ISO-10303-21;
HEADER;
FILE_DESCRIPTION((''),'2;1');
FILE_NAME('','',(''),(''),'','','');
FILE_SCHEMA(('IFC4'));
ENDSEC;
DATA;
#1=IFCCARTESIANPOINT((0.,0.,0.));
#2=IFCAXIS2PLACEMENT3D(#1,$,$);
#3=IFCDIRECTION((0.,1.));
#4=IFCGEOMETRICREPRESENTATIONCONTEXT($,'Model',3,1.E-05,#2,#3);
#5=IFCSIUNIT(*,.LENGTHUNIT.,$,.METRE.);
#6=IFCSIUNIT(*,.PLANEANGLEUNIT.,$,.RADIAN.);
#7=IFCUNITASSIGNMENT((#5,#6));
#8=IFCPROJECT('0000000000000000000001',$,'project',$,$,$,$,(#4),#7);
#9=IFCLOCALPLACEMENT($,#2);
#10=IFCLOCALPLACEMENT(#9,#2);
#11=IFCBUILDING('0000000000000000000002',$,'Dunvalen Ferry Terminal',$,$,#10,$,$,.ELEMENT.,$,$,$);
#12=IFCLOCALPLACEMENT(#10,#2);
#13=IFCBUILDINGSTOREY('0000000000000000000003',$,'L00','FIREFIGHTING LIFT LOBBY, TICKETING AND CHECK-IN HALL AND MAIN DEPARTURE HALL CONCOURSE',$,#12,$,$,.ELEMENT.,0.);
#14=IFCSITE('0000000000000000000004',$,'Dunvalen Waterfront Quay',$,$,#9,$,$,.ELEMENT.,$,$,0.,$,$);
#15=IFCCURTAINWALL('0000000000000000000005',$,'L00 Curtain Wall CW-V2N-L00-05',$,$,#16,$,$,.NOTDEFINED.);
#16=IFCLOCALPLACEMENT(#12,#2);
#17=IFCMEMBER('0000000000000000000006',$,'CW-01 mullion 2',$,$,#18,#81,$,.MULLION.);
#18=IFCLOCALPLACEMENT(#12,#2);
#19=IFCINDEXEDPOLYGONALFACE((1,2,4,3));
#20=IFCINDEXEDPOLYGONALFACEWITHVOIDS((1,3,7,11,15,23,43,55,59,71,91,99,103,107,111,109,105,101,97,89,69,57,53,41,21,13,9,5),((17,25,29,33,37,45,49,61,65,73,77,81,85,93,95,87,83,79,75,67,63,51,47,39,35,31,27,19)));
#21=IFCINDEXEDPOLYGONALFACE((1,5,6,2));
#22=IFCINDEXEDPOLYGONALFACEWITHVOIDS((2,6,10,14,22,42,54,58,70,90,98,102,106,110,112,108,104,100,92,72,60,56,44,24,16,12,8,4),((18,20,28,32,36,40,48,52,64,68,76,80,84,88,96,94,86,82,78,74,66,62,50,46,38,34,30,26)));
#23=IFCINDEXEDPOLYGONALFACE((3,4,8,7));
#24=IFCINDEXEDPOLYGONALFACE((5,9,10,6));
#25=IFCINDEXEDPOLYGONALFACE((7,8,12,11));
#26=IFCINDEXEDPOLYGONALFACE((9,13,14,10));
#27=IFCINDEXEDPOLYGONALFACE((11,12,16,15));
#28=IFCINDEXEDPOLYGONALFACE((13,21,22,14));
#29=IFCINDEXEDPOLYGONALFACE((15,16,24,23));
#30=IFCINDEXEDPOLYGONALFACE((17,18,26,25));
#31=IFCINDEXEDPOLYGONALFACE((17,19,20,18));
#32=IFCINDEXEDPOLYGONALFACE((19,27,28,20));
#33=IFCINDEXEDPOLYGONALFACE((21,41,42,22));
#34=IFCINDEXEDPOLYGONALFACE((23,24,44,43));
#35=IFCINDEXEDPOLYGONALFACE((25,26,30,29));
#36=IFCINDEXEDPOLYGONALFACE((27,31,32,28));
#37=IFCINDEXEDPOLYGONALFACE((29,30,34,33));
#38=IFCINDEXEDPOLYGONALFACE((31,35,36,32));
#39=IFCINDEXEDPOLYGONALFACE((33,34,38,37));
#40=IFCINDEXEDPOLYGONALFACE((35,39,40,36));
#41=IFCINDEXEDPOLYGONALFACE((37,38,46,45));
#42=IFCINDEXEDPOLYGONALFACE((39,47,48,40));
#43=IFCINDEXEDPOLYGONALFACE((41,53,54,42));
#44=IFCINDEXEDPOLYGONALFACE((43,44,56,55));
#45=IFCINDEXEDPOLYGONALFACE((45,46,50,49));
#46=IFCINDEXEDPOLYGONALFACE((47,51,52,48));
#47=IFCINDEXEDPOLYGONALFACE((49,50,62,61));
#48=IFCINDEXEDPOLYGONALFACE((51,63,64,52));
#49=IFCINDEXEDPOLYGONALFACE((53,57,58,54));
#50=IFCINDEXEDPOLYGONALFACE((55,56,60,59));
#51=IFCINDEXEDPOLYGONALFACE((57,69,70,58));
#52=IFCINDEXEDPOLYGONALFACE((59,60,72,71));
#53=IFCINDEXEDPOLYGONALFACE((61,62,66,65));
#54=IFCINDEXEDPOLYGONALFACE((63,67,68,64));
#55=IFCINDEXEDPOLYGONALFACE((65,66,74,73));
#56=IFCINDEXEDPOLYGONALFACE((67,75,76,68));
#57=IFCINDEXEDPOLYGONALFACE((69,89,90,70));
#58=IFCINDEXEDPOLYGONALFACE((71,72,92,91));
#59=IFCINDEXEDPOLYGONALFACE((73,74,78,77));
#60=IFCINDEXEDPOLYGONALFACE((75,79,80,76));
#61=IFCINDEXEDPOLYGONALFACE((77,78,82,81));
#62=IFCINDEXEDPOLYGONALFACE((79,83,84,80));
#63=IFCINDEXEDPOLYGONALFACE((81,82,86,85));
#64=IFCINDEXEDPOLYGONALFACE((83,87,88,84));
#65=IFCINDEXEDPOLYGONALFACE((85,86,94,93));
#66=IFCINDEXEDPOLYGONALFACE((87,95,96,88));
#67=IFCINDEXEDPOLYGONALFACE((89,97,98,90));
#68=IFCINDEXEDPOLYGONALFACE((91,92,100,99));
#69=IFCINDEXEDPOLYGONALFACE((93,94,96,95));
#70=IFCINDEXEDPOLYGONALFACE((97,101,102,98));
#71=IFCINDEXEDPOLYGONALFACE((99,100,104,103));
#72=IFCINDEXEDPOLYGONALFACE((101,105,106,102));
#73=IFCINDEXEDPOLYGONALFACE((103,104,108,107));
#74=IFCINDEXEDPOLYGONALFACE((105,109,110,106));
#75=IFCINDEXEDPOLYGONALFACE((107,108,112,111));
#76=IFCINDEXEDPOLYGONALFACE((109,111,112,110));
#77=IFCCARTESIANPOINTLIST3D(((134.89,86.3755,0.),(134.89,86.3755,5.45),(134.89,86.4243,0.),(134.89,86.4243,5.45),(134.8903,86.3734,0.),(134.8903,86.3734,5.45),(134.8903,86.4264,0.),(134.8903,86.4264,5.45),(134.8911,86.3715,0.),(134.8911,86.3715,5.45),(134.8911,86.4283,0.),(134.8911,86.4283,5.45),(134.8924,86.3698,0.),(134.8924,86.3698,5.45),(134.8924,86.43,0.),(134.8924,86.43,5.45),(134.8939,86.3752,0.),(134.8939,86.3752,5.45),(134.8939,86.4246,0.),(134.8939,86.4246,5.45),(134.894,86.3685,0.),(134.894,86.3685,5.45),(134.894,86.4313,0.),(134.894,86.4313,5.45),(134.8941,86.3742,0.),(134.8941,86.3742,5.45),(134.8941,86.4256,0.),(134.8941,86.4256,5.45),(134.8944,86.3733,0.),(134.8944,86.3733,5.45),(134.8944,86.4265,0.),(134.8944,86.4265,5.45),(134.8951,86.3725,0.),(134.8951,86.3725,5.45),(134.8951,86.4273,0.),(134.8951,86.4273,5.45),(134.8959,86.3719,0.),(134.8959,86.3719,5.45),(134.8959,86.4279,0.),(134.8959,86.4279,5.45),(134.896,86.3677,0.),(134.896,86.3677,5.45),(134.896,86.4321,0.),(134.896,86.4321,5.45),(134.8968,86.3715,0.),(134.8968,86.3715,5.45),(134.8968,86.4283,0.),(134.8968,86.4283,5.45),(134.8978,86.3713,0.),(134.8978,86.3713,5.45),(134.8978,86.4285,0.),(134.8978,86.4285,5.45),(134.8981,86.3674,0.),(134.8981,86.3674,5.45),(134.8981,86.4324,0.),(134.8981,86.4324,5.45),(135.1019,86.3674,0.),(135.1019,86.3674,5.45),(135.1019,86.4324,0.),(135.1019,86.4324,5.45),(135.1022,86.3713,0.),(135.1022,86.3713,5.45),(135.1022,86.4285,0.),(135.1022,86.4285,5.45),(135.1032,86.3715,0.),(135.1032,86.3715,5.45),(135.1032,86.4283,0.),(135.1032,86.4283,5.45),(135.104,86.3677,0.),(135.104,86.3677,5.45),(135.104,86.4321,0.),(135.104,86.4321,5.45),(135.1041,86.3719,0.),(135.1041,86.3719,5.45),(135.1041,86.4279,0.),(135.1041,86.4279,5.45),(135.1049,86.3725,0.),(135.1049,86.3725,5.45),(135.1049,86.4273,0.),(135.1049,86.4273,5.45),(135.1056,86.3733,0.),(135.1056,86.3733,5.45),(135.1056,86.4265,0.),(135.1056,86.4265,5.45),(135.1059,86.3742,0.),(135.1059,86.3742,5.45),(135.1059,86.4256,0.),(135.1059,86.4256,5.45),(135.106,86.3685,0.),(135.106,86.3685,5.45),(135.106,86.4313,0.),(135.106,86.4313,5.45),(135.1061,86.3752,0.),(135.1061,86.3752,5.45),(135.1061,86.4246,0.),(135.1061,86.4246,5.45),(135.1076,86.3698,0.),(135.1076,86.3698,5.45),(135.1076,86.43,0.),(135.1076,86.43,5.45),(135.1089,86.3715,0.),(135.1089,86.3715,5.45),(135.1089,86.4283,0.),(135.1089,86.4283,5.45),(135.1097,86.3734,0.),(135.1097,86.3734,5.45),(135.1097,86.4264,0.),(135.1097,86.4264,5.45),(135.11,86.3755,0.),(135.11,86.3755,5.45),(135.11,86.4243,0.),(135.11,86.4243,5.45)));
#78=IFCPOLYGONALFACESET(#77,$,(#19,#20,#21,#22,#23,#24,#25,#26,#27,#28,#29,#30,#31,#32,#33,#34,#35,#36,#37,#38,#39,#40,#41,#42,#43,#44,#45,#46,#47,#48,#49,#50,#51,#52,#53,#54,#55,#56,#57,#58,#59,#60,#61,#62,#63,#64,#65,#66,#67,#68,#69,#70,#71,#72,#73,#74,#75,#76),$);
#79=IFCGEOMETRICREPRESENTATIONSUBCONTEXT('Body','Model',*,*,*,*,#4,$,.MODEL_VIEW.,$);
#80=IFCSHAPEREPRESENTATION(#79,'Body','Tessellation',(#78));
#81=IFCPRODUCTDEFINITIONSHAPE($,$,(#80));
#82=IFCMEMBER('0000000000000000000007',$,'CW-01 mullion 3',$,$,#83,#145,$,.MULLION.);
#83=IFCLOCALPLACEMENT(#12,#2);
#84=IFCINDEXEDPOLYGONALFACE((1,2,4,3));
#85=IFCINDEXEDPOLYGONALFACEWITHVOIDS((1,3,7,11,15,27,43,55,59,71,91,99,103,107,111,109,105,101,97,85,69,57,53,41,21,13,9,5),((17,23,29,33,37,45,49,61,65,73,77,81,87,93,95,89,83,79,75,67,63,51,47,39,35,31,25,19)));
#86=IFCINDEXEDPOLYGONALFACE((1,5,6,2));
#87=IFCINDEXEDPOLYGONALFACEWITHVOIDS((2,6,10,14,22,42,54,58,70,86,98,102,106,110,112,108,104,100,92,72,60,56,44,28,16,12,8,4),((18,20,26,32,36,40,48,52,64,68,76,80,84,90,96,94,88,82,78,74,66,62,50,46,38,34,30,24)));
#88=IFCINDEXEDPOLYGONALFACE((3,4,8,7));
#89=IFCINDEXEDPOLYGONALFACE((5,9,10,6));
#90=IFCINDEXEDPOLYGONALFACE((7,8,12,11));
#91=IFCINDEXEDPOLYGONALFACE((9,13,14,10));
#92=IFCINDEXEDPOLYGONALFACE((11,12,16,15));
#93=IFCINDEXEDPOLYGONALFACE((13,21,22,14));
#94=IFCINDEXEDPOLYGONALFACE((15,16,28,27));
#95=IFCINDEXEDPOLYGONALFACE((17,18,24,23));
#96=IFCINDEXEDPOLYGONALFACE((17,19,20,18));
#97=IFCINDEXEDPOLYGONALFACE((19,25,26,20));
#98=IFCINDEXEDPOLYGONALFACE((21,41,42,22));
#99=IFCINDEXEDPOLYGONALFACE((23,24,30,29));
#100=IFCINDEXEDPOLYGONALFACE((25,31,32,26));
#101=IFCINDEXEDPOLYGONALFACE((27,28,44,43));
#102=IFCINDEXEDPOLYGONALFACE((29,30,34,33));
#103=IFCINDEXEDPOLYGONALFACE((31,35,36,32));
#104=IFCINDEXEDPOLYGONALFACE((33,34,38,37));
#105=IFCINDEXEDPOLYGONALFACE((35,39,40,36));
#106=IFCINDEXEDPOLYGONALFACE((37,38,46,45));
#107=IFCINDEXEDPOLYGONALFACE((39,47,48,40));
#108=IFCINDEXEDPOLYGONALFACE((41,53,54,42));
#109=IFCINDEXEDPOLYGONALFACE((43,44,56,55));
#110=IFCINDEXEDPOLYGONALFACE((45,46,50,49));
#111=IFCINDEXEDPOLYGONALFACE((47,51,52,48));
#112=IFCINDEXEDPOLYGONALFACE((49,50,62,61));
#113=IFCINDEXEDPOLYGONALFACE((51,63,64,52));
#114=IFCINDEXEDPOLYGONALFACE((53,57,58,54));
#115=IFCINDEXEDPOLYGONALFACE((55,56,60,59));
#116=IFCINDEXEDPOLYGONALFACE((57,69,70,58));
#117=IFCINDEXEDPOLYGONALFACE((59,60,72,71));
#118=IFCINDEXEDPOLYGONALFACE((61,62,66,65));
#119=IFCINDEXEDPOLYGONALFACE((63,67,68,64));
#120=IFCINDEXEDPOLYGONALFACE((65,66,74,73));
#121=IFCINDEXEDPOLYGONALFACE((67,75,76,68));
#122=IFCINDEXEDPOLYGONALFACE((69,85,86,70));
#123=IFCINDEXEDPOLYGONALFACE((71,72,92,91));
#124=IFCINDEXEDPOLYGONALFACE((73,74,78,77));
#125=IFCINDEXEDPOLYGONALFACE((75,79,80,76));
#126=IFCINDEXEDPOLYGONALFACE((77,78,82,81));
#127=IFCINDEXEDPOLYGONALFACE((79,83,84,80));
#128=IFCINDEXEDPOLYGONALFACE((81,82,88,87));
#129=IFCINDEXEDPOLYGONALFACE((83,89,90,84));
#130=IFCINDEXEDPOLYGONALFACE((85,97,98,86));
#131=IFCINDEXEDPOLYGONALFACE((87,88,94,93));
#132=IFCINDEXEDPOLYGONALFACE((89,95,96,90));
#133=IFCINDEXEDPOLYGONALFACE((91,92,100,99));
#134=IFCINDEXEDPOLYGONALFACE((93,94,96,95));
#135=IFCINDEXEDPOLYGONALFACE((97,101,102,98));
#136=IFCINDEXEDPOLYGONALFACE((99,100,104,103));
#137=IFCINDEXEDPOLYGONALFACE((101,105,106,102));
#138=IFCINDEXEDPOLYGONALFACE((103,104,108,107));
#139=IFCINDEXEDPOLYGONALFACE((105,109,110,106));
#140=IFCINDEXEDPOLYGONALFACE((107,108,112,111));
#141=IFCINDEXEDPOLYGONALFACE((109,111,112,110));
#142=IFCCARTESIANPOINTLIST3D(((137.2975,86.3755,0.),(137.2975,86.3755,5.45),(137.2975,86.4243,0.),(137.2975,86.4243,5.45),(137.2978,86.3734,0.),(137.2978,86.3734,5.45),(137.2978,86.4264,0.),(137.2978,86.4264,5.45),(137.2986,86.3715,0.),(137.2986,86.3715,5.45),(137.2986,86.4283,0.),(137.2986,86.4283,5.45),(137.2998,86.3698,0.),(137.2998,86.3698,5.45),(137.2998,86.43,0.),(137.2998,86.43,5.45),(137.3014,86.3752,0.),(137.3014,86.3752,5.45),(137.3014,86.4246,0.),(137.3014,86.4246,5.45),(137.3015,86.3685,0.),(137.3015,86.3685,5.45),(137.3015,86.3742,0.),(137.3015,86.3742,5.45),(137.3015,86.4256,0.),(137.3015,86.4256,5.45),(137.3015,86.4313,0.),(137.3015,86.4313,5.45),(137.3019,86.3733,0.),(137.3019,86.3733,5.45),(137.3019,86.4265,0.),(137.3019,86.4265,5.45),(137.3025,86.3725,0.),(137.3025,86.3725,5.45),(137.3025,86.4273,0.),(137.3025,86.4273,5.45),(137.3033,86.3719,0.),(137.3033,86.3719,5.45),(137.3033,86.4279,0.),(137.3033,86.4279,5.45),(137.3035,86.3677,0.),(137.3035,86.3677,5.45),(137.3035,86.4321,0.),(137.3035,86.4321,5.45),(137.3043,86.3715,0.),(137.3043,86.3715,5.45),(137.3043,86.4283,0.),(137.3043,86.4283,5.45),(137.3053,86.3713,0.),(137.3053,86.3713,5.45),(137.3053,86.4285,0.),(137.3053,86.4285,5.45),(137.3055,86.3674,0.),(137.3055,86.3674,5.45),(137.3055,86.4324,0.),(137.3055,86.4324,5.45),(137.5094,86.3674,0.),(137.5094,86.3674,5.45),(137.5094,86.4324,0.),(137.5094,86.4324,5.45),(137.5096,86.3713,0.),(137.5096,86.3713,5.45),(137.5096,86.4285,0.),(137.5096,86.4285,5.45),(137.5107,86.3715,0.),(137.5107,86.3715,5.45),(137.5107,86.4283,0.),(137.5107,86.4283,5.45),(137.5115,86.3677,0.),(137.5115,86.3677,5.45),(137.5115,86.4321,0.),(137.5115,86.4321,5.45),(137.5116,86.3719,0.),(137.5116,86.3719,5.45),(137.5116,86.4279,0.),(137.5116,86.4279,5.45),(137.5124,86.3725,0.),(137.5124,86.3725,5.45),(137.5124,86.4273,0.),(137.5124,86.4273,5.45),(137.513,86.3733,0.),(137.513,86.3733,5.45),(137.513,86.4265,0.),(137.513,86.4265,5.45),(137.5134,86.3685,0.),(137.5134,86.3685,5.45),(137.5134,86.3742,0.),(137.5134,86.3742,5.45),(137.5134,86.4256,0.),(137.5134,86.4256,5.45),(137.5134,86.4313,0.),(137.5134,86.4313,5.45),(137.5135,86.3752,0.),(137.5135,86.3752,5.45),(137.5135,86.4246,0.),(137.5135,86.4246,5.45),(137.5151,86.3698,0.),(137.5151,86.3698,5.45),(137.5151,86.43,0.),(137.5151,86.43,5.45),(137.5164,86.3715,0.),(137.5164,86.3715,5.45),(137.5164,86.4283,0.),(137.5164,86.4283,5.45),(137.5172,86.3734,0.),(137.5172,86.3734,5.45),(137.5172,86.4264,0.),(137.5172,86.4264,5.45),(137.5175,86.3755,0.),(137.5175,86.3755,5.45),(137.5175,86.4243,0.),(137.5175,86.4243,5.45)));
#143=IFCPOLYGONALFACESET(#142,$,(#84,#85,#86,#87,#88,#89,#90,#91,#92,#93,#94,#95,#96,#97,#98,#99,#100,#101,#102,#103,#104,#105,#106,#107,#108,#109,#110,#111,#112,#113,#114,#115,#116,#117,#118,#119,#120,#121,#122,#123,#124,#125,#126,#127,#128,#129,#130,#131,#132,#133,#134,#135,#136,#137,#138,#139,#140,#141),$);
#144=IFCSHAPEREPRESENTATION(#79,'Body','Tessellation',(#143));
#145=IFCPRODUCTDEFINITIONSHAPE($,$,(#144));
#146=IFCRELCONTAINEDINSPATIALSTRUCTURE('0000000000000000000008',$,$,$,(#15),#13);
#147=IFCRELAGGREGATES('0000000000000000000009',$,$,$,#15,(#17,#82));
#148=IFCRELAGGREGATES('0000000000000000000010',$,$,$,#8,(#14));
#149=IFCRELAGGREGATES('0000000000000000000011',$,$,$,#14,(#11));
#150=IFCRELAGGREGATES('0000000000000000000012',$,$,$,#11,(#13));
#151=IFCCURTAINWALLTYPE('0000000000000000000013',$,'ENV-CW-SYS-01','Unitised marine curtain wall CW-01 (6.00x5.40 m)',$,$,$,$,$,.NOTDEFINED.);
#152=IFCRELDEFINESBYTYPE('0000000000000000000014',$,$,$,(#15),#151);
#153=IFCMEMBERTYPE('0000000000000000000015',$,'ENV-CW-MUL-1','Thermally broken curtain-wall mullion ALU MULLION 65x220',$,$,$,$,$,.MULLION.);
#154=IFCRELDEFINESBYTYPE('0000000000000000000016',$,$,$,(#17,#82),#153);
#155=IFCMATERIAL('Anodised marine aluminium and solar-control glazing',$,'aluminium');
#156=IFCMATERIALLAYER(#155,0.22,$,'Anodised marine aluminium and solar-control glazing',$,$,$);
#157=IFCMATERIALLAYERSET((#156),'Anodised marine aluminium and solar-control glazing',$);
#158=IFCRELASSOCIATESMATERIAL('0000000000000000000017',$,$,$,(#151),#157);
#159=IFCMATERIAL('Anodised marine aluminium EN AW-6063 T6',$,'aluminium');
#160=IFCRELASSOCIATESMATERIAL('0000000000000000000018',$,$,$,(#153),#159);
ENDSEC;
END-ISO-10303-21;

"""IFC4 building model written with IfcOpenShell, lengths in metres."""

from ifc_helpers import new_model, si_unit, direction, frame, origin, origin_2d, place, context, subcontext, project, spatial, hollow_rectangle, extrude, material, layer, layer_set, material_profile, profile_set, type_object, element, aggregate, save


model = new_model("IFC4")

# Units and contexts
model_context = context("Model", 3, precision=1e-05, world=origin(), true_north=direction((0.0, 1.0)))
body_context = subcontext(model_context, "Body", "Model", "MODEL_VIEW")
ifc_project = project(units=[si_unit("LENGTHUNIT", "METRE"), si_unit("PLANEANGLEUNIT", "RADIAN")], contexts=[model_context])

# Site, building, storey
site_placement = place(None, origin())
site = spatial("IfcSite", under=ifc_project, at=site_placement, Name="Dunvalen Waterfront Quay", CompositionType="ELEMENT", RefElevation=0.0)
building_placement = place(site_placement, origin())
building = spatial("IfcBuilding", under=site, at=building_placement, Name="Dunvalen Ferry Terminal", CompositionType="ELEMENT")
storey_placement = place(building_placement, origin())
storey = spatial("IfcBuildingStorey", under=building, at=storey_placement, Name="L00", Description="FIREFIGHTING LIFT LOBBY, TICKETING AND CHECK-IN HALL AND MAIN DEPARTURE HALL CONCOURSE", CompositionType="ELEMENT", Elevation=0.0)

# Curtain wall, members
ifc_material_1 = material(Name="Anodised marine aluminium and solar-control glazing", Category="aluminium")
ifc_layer_1 = layer(ifc_material_1, 0.22, Name="Anodised marine aluminium and solar-control glazing")
ifc_layer_set_1 = layer_set([ifc_layer_1], Name="Anodised marine aluminium and solar-control glazing")
curtain_wall_type = type_object("IfcCurtainWallType", Name="ENV-CW-SYS-01", Description="Unitised marine curtain wall CW-01 (6.00x5.40 m)", PredefinedType="NOTDEFINED", material=ifc_layer_set_1)
curtain_wall_1_placement = place(storey_placement, origin())
curtain_wall_1 = element("IfcCurtainWall", 1, at=curtain_wall_1_placement, inside=storey, type_object=curtain_wall_type, Name="L00 Curtain Wall CW-V2N-L00-05", PredefinedType="NOTDEFINED")
ifc_material_2 = material(Name="Anodised marine aluminium EN AW-6063 T6", Category="aluminium")
ifc_material_profile_1 = material_profile(ifc_material_2, hollow_rectangle(XDim=0.0649, YDim=0.22, WallThickness=0.0039, InnerFilletRadius=0.0039, OuterFilletRadius=0.0081, at=origin_2d()), Name="Anodised marine aluminium EN AW-6063 T6")
ifc_profile_set_1 = profile_set([ifc_material_profile_1], Name="Anodised marine aluminium EN AW-6063 T6")
member_type_1 = type_object("IfcMemberType", Name="ENV-CW-MUL-1", Description="Thermally broken curtain-wall mullion ALU MULLION 65x220", PredefinedType="MULLION", material=ifc_profile_set_1)
member_1_placement = place(storey_placement, frame((135.0, 86.3999, 0.0), z_axis=(0.0, 0.0, 1.0), x_axis=(0.0, 1.0, 0.0)))
member_1 = element("IfcMember", 2, at=member_1_placement, type_object=member_type_1, Name="CW-01 mullion 2", PredefinedType="MULLION", context=body_context, shape_type="SweptSolid", body=[
    extrude(hollow_rectangle(XDim=0.0649, YDim=0.22, WallThickness=0.0039, InnerFilletRadius=0.0039, OuterFilletRadius=0.0081, at=origin_2d()), origin(), (0.0, 0.0, 1.0), 5.45),
])
member_2_placement = place(storey_placement, frame((137.4075, 86.3999, 0.0), z_axis=(0.0, 0.0, 1.0), x_axis=(0.0, 1.0, 0.0)))
member_2 = element("IfcMember", 3, at=member_2_placement, type_object=member_type_1, Name="CW-01 mullion 3", PredefinedType="MULLION", context=body_context, shape_type="SweptSolid", body=[
    extrude(hollow_rectangle(XDim=0.0649, YDim=0.22, WallThickness=0.0039, InnerFilletRadius=0.0039, OuterFilletRadius=0.0081, at=origin_2d()), origin(), (0.0, 0.0, 1.0), 5.45),
])

aggregate(curtain_wall_1, [member_1, member_2])

save(model, "model.ifc")
